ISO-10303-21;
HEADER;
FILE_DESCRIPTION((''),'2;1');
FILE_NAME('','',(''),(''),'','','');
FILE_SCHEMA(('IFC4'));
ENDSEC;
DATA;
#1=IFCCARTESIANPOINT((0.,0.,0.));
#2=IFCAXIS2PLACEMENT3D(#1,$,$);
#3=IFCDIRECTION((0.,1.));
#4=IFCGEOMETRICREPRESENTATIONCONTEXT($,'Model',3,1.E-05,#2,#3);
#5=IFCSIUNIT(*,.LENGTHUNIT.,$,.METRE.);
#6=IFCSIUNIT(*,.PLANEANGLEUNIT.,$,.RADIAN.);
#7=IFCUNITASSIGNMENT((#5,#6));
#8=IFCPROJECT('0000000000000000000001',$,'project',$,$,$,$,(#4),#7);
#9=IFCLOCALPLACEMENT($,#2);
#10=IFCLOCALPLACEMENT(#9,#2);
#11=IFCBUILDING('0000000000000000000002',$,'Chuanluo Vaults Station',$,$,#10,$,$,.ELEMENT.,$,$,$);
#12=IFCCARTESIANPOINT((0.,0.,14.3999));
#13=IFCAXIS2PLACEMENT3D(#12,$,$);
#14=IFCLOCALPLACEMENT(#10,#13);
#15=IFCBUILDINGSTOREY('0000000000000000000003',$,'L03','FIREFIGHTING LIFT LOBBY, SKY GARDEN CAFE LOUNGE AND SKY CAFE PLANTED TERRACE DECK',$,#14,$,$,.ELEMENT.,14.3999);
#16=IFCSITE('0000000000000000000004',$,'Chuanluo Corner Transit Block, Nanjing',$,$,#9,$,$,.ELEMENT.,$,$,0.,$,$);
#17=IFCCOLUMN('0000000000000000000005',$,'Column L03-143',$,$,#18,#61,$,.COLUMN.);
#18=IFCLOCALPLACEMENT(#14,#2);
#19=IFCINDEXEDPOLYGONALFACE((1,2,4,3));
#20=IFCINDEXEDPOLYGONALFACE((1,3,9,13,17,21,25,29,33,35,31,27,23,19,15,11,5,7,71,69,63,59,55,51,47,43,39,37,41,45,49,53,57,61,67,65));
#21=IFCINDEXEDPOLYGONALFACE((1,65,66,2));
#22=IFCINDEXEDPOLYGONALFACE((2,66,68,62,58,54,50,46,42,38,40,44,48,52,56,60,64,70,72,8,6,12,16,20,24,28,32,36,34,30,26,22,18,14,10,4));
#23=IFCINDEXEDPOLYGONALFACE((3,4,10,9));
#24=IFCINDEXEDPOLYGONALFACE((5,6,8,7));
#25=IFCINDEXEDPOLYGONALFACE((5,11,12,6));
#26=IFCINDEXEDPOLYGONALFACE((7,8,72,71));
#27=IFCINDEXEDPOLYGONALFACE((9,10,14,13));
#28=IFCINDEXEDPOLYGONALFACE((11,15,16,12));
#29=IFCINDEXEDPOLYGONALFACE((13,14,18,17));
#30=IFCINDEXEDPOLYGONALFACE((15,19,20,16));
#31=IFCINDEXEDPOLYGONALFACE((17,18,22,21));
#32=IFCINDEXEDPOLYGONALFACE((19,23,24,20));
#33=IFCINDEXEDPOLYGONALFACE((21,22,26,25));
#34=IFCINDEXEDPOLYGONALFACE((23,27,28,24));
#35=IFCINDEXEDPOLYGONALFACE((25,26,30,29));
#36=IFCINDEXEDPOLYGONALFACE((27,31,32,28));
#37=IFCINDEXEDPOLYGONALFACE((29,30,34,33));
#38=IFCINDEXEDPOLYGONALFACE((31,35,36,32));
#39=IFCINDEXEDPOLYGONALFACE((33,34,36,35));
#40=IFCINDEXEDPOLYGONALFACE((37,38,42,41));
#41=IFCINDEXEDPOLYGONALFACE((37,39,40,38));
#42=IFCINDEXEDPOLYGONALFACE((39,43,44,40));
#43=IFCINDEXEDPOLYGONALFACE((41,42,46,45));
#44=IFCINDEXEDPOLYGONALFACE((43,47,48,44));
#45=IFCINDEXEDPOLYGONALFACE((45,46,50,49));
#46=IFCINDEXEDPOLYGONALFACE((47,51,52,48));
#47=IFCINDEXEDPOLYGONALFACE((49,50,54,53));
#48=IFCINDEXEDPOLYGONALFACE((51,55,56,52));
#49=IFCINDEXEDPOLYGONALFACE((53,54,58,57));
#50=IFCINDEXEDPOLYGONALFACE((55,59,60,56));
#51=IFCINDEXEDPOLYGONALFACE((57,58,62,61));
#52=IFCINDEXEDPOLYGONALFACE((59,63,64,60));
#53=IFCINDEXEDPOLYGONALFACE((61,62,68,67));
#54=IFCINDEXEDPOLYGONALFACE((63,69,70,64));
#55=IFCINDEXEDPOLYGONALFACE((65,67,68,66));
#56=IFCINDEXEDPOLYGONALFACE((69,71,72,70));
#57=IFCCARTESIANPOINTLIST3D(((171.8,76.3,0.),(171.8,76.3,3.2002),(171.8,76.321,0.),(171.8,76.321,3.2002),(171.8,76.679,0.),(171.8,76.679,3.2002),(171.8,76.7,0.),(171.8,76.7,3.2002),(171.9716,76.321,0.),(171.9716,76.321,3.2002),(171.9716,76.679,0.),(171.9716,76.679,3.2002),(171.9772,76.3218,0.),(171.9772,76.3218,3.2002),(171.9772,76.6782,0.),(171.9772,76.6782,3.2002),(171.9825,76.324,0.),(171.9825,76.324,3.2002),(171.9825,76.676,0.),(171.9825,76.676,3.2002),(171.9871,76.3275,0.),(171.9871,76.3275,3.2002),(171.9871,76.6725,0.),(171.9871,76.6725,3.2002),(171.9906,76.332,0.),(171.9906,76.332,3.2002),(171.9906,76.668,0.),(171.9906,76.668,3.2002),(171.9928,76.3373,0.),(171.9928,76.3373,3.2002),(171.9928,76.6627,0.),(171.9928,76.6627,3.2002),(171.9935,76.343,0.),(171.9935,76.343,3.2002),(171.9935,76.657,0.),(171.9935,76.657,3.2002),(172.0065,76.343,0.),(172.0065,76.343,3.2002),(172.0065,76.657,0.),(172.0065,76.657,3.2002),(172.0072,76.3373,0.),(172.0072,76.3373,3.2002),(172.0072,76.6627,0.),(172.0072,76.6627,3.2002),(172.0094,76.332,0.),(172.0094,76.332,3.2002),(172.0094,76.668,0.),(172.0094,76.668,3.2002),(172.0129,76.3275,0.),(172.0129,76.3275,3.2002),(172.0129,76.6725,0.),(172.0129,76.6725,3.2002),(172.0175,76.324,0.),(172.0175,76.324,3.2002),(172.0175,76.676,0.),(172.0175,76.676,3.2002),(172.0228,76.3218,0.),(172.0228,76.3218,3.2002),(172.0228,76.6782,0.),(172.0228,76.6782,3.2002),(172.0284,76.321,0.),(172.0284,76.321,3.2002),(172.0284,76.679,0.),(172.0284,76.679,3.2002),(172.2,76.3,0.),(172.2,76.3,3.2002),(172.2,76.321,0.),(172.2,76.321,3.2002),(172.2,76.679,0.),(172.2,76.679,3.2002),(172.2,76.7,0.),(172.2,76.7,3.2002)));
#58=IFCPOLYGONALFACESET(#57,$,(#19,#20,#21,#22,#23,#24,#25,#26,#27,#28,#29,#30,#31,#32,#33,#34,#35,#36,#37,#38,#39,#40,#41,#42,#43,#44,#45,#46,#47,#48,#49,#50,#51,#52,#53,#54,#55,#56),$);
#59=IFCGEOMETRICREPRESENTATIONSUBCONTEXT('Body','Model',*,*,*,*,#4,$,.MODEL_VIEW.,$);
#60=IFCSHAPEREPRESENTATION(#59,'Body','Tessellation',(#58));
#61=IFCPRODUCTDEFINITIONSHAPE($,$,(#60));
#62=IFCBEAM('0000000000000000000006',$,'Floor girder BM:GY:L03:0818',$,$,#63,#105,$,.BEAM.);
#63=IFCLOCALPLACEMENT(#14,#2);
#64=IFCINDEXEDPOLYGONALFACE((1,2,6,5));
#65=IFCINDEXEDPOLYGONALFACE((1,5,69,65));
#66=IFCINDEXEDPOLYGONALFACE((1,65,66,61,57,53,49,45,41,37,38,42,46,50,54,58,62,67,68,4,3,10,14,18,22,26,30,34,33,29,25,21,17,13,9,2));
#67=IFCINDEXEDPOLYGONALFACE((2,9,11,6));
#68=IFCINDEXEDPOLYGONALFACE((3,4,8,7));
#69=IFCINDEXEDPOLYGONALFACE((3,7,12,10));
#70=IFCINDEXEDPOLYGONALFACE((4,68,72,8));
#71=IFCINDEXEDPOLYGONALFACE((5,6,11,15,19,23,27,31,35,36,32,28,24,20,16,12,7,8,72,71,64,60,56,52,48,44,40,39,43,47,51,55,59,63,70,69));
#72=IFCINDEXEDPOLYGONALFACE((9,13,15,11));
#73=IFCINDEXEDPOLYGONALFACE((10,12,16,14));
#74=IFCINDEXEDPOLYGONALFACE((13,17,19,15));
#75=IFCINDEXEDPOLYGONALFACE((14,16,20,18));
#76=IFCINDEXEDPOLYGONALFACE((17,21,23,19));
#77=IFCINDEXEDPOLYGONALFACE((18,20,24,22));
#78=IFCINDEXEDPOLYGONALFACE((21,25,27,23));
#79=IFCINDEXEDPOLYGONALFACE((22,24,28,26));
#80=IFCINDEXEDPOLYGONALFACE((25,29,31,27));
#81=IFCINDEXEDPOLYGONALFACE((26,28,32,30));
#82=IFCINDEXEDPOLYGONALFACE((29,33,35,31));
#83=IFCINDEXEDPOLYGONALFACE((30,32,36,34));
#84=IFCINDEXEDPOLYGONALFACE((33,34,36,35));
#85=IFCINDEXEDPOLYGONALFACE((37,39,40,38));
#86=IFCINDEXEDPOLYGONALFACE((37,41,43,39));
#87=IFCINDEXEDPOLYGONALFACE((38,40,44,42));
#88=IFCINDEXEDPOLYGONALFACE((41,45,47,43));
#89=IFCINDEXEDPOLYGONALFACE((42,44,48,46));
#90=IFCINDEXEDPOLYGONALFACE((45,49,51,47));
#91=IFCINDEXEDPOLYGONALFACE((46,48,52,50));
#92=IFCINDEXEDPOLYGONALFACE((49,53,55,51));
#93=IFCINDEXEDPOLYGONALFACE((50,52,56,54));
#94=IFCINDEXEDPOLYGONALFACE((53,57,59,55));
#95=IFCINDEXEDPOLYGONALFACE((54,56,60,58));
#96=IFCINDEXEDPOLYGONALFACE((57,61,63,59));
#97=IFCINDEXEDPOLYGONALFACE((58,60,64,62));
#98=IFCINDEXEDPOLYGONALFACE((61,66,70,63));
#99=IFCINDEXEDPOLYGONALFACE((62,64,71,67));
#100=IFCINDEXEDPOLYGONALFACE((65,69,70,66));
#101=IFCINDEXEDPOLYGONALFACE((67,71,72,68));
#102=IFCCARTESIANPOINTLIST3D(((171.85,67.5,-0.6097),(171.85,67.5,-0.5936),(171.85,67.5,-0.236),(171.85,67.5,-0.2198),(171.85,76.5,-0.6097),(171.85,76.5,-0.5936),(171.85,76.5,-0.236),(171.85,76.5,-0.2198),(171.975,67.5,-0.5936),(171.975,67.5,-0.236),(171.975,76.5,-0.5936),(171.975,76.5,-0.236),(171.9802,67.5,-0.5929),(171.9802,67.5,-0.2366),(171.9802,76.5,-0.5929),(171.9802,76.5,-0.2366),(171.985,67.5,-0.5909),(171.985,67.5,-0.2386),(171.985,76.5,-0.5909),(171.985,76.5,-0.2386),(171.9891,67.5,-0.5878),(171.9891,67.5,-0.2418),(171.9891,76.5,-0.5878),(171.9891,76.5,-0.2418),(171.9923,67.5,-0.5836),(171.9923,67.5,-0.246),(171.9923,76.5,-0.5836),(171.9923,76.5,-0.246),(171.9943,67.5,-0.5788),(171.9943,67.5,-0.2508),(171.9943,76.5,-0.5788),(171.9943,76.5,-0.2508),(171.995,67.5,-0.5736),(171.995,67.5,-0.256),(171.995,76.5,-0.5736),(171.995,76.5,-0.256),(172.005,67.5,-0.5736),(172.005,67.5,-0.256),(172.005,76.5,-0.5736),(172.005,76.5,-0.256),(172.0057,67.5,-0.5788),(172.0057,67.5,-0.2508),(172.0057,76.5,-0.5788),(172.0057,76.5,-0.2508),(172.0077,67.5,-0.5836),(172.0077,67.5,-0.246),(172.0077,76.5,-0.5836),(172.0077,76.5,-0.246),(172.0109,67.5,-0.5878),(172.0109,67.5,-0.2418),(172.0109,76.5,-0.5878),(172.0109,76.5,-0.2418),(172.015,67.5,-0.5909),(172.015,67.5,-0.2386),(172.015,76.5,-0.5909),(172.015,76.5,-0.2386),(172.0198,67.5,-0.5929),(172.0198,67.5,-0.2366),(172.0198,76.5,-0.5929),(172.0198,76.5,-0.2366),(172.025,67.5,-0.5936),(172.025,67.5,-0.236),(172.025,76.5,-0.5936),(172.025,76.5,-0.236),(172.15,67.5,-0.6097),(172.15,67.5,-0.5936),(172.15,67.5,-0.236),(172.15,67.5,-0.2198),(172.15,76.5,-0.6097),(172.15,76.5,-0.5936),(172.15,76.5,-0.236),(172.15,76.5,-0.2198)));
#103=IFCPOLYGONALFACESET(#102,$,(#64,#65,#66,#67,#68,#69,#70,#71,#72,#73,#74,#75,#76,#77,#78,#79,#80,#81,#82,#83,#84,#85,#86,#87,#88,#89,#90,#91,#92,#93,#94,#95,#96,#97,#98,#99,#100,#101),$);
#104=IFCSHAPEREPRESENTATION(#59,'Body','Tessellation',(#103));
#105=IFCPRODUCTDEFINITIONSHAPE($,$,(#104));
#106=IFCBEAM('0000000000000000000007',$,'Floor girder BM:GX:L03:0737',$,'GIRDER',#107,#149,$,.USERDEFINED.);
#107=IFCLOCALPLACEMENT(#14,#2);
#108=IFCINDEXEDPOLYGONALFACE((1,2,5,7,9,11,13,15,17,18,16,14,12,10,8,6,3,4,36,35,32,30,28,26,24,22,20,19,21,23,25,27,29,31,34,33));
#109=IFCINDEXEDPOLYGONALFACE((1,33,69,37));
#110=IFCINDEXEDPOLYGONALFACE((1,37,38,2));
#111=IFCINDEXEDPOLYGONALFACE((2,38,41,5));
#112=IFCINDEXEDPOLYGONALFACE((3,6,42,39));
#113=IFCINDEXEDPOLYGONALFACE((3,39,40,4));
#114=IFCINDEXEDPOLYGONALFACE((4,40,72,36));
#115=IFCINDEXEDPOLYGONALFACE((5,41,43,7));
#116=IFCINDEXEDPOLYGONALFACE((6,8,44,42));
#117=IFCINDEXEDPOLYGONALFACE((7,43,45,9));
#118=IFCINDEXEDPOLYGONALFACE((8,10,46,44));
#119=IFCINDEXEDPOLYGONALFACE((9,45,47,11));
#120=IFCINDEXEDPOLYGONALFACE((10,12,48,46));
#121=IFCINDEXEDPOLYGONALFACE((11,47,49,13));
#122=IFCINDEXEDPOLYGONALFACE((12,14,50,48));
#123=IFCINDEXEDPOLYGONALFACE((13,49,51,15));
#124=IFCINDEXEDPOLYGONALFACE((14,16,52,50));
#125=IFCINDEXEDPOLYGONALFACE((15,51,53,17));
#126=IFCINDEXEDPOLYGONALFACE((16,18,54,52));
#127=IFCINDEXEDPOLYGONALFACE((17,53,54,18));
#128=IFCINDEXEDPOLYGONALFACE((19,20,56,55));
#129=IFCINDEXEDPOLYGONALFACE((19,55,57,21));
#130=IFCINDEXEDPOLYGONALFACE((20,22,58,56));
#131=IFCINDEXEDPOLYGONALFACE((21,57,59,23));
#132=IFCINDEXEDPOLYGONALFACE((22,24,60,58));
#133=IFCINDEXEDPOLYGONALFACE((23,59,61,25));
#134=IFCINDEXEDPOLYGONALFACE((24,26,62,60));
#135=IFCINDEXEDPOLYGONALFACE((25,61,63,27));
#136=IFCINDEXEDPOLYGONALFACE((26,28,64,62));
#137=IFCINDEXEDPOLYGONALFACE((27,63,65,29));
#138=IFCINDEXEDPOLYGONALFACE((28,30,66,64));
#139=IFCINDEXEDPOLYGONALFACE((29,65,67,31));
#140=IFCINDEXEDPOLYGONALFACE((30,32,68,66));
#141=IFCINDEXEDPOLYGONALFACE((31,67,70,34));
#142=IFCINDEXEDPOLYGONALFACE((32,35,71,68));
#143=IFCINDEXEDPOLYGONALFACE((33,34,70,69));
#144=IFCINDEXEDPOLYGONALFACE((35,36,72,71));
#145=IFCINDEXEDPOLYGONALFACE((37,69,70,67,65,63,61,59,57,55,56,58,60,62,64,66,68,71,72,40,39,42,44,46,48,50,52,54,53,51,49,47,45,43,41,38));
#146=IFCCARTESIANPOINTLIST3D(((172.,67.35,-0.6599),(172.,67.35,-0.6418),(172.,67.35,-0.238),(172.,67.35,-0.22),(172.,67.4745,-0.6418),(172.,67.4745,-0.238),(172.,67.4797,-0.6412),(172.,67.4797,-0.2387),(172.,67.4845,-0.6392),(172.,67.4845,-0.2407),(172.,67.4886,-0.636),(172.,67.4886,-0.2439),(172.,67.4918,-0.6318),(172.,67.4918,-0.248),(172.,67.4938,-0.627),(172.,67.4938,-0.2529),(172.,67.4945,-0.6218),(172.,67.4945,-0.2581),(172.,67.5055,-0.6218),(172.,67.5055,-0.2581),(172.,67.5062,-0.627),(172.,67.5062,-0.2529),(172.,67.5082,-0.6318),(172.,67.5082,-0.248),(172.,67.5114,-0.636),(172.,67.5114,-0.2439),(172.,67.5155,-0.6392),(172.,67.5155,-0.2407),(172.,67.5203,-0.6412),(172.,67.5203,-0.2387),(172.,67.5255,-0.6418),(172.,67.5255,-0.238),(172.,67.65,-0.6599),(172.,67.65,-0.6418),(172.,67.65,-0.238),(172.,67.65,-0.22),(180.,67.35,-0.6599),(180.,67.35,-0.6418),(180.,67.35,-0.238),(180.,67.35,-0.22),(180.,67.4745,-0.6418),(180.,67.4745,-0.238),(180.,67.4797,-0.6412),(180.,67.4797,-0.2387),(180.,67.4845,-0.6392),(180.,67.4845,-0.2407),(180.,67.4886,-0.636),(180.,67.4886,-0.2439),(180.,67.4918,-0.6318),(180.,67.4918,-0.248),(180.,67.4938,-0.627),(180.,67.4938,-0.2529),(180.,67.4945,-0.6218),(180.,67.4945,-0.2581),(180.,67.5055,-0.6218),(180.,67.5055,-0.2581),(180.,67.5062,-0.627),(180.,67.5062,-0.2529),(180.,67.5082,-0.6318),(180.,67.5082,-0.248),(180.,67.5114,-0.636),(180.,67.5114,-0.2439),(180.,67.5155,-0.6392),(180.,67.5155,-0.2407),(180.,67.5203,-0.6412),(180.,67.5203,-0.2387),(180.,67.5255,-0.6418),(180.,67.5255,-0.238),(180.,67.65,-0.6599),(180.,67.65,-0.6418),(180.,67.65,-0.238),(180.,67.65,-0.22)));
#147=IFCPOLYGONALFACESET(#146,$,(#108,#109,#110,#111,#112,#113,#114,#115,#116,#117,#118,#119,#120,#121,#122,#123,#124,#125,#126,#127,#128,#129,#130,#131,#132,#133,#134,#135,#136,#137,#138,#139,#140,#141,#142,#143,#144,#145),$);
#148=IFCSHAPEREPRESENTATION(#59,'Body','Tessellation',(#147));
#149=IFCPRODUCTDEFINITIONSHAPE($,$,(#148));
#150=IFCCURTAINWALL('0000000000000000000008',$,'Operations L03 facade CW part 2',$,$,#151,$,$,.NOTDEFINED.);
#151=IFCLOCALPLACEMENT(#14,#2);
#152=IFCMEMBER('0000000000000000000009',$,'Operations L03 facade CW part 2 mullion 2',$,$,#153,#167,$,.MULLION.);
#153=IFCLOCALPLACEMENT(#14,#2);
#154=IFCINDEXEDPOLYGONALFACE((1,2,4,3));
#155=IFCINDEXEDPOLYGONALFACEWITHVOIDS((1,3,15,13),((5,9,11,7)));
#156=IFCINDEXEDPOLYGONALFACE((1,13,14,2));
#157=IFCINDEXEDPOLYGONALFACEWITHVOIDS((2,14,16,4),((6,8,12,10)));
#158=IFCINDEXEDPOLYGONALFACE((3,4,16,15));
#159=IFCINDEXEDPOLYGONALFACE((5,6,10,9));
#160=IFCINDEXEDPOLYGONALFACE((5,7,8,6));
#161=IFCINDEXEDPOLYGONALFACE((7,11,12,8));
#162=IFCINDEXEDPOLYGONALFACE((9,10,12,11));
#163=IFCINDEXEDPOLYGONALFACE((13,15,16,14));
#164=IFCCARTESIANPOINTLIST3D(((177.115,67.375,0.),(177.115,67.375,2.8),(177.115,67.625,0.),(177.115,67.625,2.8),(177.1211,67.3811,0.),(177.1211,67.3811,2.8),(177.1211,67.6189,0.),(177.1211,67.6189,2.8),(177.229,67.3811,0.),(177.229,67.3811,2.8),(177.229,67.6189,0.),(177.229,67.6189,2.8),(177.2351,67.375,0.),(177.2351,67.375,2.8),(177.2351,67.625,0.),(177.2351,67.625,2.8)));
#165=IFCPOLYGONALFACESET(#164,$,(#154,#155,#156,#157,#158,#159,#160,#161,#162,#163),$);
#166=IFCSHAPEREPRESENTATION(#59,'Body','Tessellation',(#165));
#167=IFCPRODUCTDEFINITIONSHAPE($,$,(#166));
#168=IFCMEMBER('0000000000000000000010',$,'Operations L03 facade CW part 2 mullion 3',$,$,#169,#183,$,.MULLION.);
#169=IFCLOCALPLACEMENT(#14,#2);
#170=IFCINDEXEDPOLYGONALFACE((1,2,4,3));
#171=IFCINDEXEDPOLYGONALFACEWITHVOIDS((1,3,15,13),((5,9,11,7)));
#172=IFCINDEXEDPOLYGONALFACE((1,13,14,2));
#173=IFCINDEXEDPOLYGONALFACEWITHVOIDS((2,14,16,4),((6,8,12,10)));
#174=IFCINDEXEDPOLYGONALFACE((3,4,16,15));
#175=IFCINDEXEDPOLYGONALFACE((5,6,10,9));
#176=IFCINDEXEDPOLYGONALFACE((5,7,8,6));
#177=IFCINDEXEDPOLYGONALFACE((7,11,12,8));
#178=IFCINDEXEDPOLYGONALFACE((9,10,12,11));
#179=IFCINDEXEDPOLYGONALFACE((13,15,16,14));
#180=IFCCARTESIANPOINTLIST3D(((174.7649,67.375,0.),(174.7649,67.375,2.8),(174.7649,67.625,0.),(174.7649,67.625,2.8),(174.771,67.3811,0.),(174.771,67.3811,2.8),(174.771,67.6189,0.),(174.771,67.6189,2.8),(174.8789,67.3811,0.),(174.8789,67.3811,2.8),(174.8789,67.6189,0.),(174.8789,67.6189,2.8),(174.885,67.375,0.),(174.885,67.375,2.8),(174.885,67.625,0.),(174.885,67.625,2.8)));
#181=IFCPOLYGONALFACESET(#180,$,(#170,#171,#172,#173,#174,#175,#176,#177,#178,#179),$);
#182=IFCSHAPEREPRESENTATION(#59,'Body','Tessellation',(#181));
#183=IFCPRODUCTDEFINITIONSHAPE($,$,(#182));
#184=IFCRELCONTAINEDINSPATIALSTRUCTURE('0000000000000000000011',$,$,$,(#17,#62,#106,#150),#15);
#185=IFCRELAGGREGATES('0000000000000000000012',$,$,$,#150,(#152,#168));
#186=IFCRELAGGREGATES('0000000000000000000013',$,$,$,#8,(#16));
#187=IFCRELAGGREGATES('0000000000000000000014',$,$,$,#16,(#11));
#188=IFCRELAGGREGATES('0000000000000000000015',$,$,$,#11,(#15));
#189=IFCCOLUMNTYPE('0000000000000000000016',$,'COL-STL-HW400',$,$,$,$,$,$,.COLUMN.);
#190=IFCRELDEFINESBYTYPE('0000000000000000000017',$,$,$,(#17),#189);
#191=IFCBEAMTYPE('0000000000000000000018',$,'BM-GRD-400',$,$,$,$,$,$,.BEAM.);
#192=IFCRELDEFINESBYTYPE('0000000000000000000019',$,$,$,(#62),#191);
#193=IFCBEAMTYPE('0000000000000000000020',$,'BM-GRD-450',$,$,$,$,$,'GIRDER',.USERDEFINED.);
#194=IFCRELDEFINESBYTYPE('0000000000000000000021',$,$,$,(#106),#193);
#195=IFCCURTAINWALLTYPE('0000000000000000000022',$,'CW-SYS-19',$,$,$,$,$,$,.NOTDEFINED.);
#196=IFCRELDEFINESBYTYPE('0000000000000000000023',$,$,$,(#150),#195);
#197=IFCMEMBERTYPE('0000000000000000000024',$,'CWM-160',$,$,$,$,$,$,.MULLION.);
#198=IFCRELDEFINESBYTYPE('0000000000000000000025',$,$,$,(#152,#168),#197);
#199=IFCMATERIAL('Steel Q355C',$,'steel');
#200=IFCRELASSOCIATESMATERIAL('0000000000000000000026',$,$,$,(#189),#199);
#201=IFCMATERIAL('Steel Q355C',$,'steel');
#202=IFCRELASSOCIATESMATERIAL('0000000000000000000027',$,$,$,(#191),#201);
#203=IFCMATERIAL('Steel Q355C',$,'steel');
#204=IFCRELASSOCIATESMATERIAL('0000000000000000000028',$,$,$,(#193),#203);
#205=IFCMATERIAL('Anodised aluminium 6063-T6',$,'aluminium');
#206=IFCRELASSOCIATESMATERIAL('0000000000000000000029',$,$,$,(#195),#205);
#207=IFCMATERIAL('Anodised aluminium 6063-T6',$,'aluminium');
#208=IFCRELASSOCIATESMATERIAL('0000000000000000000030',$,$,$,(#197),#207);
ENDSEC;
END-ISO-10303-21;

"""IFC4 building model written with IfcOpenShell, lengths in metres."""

from ifc_helpers import new_model, si_unit, direction, frame, origin, origin_2d, place, context, subcontext, project, spatial, hollow_rectangle, i_section, extrude, material, material_profile, profile_set, type_object, element, aggregate, save


model = new_model("IFC4")

# Units and contexts
model_context = context("Model", 3, precision=1e-05, world=origin(), true_north=direction((0.0, 1.0)))
body_context = subcontext(model_context, "Body", "Model", "MODEL_VIEW")
ifc_project = project(units=[si_unit("LENGTHUNIT", "METRE"), si_unit("PLANEANGLEUNIT", "RADIAN")], contexts=[model_context])

# Site, building, storey
site_placement = place(None, origin())
site = spatial("IfcSite", under=ifc_project, at=site_placement, Name="Chuanluo Corner Transit Block, Nanjing", CompositionType="ELEMENT", RefElevation=0.0)
building_placement = place(site_placement, origin())
building = spatial("IfcBuilding", under=site, at=building_placement, Name="Chuanluo Vaults Station", CompositionType="ELEMENT")
storey_placement = place(building_placement, frame((0.0, 0.0, 14.3999)))
storey = spatial("IfcBuildingStorey", under=building, at=storey_placement, Name="L03", Description="FIREFIGHTING LIFT LOBBY, SKY GARDEN CAFE LOUNGE AND SKY CAFE PLANTED TERRACE DECK", CompositionType="ELEMENT", Elevation=14.3999)

# Column
ifc_material_1 = material(Name="Steel Q355C", Category="steel")
ifc_material_profile_1 = material_profile(ifc_material_1, i_section(OverallWidth=0.3999, OverallDepth=0.3999, WebThickness=0.0129, FlangeThickness=0.021, FilletRadius=0.022, at=origin_2d()))
ifc_profile_set_1 = profile_set([ifc_material_profile_1], Name="Steel Q355C")
column_type = type_object("IfcColumnType", Name="COL-STL-HW400", PredefinedType="COLUMN", material=ifc_profile_set_1)
column_placement = place(storey_placement, frame((172.0, 76.5, 0.0), z_axis=(0.0, 0.0, 1.0), x_axis=(1.0, 0.0, 0.0)))
element("IfcColumn", 1, at=column_placement, inside=storey, type_object=column_type, Name="Column L03-143", PredefinedType="COLUMN", context=body_context, shape_type="SweptSolid", body=[
    extrude(i_section(OverallWidth=0.3999, OverallDepth=0.3999, WebThickness=0.0129, FlangeThickness=0.021, FilletRadius=0.022, at=origin_2d()), origin(), (0.0, 0.0, 1.0), 3.2002),
])

# Beams
ifc_material_2 = material(Name="Steel Q355C", Category="steel")
ifc_material_profile_2 = material_profile(ifc_material_2, i_section(OverallWidth=0.3, OverallDepth=0.3899, WebThickness=0.01, FlangeThickness=0.0161, FilletRadius=0.02, at=origin_2d()))
ifc_profile_set_2 = profile_set([ifc_material_profile_2], Name="Steel Q355C")
beam_type_1 = type_object("IfcBeamType", Name="BM-GRD-400", PredefinedType="BEAM", material=ifc_profile_set_2)
beam_1_placement = place(storey_placement, frame((172.0, 67.5, -0.4148), z_axis=(0.0, 1.0, 0.0), x_axis=(-1.0, 0.0, 0.0)))
element("IfcBeam", 2, at=beam_1_placement, inside=storey, type_object=beam_type_1, Name="Floor girder BM:GY:L03:0818", PredefinedType="BEAM", context=body_context, shape_type="SweptSolid", body=[
    extrude(i_section(OverallWidth=0.3, OverallDepth=0.3899, WebThickness=0.01, FlangeThickness=0.0161, FilletRadius=0.02, at=origin_2d()), origin(), (0.0, 0.0, 1.0), 9.0),
])
ifc_material_3 = material(Name="Steel Q355C", Category="steel")
ifc_material_profile_3 = material_profile(ifc_material_3, i_section(OverallWidth=0.3, OverallDepth=0.4399, WebThickness=0.011, FlangeThickness=0.0181, FilletRadius=0.02, at=origin_2d()))
ifc_profile_set_3 = profile_set([ifc_material_profile_3], Name="Steel Q355C")
beam_type_2 = type_object("IfcBeamType", Name="BM-GRD-450", ElementType="GIRDER", PredefinedType="USERDEFINED", material=ifc_profile_set_3)
beam_2_placement = place(storey_placement, frame((172.0, 67.5, -0.4399), z_axis=(1.0, 0.0, 0.0), x_axis=(0.0, 1.0, 0.0)))
element("IfcBeam", 3, at=beam_2_placement, inside=storey, type_object=beam_type_2, Name="Floor girder BM:GX:L03:0737", ObjectType="GIRDER", PredefinedType="USERDEFINED", context=body_context, shape_type="SweptSolid", body=[
    extrude(i_section(OverallWidth=0.3, OverallDepth=0.4399, WebThickness=0.011, FlangeThickness=0.0181, FilletRadius=0.02, at=origin_2d()), origin(), (0.0, 0.0, 1.0), 8.0),
])

# Curtain wall, members
ifc_material_4 = material(Name="Anodised aluminium 6063-T6", Category="aluminium")
curtain_wall_type = type_object("IfcCurtainWallType", Name="CW-SYS-19", PredefinedType="NOTDEFINED", material=ifc_material_4)
curtain_wall_placement = place(storey_placement, origin())
curtain_wall = element("IfcCurtainWall", 4, at=curtain_wall_placement, inside=storey, type_object=curtain_wall_type, Name="Operations L03 facade CW part 2", PredefinedType="NOTDEFINED")
ifc_material_5 = material(Name="Anodised aluminium 6063-T6", Category="aluminium")
ifc_material_profile_4 = material_profile(ifc_material_5, hollow_rectangle(XDim=0.1201, YDim=0.25, WallThickness=0.0061, at=origin_2d()))
ifc_profile_set_4 = profile_set([ifc_material_profile_4], Name="Anodised aluminium 6063-T6")
member_type_1 = type_object("IfcMemberType", Name="CWM-160", PredefinedType="MULLION", material=ifc_profile_set_4)
member_1_placement = place(storey_placement, frame((177.175, 67.5, 0.0), z_axis=(0.0, 0.0, 1.0), x_axis=(-1.0, 0.0, 0.0)))
member_1 = element("IfcMember", 5, at=member_1_placement, type_object=member_type_1, Name="Operations L03 facade CW part 2 mullion 2", PredefinedType="MULLION", context=body_context, shape_type="SweptSolid", body=[
    extrude(hollow_rectangle(XDim=0.1201, YDim=0.25, WallThickness=0.0061, at=origin_2d()), origin(), (0.0, 0.0, 1.0), 2.8),
])
member_2_placement = place(storey_placement, frame((174.825, 67.5, 0.0), z_axis=(0.0, 0.0, 1.0), x_axis=(-1.0, 0.0, 0.0)))
member_2 = element("IfcMember", 6, at=member_2_placement, type_object=member_type_1, Name="Operations L03 facade CW part 2 mullion 3", PredefinedType="MULLION", context=body_context, shape_type="SweptSolid", body=[
    extrude(hollow_rectangle(XDim=0.1201, YDim=0.25, WallThickness=0.0061, at=origin_2d()), origin(), (0.0, 0.0, 1.0), 2.8),
])
aggregate(curtain_wall, [member_1, member_2])

save(model, "model.ifc")
